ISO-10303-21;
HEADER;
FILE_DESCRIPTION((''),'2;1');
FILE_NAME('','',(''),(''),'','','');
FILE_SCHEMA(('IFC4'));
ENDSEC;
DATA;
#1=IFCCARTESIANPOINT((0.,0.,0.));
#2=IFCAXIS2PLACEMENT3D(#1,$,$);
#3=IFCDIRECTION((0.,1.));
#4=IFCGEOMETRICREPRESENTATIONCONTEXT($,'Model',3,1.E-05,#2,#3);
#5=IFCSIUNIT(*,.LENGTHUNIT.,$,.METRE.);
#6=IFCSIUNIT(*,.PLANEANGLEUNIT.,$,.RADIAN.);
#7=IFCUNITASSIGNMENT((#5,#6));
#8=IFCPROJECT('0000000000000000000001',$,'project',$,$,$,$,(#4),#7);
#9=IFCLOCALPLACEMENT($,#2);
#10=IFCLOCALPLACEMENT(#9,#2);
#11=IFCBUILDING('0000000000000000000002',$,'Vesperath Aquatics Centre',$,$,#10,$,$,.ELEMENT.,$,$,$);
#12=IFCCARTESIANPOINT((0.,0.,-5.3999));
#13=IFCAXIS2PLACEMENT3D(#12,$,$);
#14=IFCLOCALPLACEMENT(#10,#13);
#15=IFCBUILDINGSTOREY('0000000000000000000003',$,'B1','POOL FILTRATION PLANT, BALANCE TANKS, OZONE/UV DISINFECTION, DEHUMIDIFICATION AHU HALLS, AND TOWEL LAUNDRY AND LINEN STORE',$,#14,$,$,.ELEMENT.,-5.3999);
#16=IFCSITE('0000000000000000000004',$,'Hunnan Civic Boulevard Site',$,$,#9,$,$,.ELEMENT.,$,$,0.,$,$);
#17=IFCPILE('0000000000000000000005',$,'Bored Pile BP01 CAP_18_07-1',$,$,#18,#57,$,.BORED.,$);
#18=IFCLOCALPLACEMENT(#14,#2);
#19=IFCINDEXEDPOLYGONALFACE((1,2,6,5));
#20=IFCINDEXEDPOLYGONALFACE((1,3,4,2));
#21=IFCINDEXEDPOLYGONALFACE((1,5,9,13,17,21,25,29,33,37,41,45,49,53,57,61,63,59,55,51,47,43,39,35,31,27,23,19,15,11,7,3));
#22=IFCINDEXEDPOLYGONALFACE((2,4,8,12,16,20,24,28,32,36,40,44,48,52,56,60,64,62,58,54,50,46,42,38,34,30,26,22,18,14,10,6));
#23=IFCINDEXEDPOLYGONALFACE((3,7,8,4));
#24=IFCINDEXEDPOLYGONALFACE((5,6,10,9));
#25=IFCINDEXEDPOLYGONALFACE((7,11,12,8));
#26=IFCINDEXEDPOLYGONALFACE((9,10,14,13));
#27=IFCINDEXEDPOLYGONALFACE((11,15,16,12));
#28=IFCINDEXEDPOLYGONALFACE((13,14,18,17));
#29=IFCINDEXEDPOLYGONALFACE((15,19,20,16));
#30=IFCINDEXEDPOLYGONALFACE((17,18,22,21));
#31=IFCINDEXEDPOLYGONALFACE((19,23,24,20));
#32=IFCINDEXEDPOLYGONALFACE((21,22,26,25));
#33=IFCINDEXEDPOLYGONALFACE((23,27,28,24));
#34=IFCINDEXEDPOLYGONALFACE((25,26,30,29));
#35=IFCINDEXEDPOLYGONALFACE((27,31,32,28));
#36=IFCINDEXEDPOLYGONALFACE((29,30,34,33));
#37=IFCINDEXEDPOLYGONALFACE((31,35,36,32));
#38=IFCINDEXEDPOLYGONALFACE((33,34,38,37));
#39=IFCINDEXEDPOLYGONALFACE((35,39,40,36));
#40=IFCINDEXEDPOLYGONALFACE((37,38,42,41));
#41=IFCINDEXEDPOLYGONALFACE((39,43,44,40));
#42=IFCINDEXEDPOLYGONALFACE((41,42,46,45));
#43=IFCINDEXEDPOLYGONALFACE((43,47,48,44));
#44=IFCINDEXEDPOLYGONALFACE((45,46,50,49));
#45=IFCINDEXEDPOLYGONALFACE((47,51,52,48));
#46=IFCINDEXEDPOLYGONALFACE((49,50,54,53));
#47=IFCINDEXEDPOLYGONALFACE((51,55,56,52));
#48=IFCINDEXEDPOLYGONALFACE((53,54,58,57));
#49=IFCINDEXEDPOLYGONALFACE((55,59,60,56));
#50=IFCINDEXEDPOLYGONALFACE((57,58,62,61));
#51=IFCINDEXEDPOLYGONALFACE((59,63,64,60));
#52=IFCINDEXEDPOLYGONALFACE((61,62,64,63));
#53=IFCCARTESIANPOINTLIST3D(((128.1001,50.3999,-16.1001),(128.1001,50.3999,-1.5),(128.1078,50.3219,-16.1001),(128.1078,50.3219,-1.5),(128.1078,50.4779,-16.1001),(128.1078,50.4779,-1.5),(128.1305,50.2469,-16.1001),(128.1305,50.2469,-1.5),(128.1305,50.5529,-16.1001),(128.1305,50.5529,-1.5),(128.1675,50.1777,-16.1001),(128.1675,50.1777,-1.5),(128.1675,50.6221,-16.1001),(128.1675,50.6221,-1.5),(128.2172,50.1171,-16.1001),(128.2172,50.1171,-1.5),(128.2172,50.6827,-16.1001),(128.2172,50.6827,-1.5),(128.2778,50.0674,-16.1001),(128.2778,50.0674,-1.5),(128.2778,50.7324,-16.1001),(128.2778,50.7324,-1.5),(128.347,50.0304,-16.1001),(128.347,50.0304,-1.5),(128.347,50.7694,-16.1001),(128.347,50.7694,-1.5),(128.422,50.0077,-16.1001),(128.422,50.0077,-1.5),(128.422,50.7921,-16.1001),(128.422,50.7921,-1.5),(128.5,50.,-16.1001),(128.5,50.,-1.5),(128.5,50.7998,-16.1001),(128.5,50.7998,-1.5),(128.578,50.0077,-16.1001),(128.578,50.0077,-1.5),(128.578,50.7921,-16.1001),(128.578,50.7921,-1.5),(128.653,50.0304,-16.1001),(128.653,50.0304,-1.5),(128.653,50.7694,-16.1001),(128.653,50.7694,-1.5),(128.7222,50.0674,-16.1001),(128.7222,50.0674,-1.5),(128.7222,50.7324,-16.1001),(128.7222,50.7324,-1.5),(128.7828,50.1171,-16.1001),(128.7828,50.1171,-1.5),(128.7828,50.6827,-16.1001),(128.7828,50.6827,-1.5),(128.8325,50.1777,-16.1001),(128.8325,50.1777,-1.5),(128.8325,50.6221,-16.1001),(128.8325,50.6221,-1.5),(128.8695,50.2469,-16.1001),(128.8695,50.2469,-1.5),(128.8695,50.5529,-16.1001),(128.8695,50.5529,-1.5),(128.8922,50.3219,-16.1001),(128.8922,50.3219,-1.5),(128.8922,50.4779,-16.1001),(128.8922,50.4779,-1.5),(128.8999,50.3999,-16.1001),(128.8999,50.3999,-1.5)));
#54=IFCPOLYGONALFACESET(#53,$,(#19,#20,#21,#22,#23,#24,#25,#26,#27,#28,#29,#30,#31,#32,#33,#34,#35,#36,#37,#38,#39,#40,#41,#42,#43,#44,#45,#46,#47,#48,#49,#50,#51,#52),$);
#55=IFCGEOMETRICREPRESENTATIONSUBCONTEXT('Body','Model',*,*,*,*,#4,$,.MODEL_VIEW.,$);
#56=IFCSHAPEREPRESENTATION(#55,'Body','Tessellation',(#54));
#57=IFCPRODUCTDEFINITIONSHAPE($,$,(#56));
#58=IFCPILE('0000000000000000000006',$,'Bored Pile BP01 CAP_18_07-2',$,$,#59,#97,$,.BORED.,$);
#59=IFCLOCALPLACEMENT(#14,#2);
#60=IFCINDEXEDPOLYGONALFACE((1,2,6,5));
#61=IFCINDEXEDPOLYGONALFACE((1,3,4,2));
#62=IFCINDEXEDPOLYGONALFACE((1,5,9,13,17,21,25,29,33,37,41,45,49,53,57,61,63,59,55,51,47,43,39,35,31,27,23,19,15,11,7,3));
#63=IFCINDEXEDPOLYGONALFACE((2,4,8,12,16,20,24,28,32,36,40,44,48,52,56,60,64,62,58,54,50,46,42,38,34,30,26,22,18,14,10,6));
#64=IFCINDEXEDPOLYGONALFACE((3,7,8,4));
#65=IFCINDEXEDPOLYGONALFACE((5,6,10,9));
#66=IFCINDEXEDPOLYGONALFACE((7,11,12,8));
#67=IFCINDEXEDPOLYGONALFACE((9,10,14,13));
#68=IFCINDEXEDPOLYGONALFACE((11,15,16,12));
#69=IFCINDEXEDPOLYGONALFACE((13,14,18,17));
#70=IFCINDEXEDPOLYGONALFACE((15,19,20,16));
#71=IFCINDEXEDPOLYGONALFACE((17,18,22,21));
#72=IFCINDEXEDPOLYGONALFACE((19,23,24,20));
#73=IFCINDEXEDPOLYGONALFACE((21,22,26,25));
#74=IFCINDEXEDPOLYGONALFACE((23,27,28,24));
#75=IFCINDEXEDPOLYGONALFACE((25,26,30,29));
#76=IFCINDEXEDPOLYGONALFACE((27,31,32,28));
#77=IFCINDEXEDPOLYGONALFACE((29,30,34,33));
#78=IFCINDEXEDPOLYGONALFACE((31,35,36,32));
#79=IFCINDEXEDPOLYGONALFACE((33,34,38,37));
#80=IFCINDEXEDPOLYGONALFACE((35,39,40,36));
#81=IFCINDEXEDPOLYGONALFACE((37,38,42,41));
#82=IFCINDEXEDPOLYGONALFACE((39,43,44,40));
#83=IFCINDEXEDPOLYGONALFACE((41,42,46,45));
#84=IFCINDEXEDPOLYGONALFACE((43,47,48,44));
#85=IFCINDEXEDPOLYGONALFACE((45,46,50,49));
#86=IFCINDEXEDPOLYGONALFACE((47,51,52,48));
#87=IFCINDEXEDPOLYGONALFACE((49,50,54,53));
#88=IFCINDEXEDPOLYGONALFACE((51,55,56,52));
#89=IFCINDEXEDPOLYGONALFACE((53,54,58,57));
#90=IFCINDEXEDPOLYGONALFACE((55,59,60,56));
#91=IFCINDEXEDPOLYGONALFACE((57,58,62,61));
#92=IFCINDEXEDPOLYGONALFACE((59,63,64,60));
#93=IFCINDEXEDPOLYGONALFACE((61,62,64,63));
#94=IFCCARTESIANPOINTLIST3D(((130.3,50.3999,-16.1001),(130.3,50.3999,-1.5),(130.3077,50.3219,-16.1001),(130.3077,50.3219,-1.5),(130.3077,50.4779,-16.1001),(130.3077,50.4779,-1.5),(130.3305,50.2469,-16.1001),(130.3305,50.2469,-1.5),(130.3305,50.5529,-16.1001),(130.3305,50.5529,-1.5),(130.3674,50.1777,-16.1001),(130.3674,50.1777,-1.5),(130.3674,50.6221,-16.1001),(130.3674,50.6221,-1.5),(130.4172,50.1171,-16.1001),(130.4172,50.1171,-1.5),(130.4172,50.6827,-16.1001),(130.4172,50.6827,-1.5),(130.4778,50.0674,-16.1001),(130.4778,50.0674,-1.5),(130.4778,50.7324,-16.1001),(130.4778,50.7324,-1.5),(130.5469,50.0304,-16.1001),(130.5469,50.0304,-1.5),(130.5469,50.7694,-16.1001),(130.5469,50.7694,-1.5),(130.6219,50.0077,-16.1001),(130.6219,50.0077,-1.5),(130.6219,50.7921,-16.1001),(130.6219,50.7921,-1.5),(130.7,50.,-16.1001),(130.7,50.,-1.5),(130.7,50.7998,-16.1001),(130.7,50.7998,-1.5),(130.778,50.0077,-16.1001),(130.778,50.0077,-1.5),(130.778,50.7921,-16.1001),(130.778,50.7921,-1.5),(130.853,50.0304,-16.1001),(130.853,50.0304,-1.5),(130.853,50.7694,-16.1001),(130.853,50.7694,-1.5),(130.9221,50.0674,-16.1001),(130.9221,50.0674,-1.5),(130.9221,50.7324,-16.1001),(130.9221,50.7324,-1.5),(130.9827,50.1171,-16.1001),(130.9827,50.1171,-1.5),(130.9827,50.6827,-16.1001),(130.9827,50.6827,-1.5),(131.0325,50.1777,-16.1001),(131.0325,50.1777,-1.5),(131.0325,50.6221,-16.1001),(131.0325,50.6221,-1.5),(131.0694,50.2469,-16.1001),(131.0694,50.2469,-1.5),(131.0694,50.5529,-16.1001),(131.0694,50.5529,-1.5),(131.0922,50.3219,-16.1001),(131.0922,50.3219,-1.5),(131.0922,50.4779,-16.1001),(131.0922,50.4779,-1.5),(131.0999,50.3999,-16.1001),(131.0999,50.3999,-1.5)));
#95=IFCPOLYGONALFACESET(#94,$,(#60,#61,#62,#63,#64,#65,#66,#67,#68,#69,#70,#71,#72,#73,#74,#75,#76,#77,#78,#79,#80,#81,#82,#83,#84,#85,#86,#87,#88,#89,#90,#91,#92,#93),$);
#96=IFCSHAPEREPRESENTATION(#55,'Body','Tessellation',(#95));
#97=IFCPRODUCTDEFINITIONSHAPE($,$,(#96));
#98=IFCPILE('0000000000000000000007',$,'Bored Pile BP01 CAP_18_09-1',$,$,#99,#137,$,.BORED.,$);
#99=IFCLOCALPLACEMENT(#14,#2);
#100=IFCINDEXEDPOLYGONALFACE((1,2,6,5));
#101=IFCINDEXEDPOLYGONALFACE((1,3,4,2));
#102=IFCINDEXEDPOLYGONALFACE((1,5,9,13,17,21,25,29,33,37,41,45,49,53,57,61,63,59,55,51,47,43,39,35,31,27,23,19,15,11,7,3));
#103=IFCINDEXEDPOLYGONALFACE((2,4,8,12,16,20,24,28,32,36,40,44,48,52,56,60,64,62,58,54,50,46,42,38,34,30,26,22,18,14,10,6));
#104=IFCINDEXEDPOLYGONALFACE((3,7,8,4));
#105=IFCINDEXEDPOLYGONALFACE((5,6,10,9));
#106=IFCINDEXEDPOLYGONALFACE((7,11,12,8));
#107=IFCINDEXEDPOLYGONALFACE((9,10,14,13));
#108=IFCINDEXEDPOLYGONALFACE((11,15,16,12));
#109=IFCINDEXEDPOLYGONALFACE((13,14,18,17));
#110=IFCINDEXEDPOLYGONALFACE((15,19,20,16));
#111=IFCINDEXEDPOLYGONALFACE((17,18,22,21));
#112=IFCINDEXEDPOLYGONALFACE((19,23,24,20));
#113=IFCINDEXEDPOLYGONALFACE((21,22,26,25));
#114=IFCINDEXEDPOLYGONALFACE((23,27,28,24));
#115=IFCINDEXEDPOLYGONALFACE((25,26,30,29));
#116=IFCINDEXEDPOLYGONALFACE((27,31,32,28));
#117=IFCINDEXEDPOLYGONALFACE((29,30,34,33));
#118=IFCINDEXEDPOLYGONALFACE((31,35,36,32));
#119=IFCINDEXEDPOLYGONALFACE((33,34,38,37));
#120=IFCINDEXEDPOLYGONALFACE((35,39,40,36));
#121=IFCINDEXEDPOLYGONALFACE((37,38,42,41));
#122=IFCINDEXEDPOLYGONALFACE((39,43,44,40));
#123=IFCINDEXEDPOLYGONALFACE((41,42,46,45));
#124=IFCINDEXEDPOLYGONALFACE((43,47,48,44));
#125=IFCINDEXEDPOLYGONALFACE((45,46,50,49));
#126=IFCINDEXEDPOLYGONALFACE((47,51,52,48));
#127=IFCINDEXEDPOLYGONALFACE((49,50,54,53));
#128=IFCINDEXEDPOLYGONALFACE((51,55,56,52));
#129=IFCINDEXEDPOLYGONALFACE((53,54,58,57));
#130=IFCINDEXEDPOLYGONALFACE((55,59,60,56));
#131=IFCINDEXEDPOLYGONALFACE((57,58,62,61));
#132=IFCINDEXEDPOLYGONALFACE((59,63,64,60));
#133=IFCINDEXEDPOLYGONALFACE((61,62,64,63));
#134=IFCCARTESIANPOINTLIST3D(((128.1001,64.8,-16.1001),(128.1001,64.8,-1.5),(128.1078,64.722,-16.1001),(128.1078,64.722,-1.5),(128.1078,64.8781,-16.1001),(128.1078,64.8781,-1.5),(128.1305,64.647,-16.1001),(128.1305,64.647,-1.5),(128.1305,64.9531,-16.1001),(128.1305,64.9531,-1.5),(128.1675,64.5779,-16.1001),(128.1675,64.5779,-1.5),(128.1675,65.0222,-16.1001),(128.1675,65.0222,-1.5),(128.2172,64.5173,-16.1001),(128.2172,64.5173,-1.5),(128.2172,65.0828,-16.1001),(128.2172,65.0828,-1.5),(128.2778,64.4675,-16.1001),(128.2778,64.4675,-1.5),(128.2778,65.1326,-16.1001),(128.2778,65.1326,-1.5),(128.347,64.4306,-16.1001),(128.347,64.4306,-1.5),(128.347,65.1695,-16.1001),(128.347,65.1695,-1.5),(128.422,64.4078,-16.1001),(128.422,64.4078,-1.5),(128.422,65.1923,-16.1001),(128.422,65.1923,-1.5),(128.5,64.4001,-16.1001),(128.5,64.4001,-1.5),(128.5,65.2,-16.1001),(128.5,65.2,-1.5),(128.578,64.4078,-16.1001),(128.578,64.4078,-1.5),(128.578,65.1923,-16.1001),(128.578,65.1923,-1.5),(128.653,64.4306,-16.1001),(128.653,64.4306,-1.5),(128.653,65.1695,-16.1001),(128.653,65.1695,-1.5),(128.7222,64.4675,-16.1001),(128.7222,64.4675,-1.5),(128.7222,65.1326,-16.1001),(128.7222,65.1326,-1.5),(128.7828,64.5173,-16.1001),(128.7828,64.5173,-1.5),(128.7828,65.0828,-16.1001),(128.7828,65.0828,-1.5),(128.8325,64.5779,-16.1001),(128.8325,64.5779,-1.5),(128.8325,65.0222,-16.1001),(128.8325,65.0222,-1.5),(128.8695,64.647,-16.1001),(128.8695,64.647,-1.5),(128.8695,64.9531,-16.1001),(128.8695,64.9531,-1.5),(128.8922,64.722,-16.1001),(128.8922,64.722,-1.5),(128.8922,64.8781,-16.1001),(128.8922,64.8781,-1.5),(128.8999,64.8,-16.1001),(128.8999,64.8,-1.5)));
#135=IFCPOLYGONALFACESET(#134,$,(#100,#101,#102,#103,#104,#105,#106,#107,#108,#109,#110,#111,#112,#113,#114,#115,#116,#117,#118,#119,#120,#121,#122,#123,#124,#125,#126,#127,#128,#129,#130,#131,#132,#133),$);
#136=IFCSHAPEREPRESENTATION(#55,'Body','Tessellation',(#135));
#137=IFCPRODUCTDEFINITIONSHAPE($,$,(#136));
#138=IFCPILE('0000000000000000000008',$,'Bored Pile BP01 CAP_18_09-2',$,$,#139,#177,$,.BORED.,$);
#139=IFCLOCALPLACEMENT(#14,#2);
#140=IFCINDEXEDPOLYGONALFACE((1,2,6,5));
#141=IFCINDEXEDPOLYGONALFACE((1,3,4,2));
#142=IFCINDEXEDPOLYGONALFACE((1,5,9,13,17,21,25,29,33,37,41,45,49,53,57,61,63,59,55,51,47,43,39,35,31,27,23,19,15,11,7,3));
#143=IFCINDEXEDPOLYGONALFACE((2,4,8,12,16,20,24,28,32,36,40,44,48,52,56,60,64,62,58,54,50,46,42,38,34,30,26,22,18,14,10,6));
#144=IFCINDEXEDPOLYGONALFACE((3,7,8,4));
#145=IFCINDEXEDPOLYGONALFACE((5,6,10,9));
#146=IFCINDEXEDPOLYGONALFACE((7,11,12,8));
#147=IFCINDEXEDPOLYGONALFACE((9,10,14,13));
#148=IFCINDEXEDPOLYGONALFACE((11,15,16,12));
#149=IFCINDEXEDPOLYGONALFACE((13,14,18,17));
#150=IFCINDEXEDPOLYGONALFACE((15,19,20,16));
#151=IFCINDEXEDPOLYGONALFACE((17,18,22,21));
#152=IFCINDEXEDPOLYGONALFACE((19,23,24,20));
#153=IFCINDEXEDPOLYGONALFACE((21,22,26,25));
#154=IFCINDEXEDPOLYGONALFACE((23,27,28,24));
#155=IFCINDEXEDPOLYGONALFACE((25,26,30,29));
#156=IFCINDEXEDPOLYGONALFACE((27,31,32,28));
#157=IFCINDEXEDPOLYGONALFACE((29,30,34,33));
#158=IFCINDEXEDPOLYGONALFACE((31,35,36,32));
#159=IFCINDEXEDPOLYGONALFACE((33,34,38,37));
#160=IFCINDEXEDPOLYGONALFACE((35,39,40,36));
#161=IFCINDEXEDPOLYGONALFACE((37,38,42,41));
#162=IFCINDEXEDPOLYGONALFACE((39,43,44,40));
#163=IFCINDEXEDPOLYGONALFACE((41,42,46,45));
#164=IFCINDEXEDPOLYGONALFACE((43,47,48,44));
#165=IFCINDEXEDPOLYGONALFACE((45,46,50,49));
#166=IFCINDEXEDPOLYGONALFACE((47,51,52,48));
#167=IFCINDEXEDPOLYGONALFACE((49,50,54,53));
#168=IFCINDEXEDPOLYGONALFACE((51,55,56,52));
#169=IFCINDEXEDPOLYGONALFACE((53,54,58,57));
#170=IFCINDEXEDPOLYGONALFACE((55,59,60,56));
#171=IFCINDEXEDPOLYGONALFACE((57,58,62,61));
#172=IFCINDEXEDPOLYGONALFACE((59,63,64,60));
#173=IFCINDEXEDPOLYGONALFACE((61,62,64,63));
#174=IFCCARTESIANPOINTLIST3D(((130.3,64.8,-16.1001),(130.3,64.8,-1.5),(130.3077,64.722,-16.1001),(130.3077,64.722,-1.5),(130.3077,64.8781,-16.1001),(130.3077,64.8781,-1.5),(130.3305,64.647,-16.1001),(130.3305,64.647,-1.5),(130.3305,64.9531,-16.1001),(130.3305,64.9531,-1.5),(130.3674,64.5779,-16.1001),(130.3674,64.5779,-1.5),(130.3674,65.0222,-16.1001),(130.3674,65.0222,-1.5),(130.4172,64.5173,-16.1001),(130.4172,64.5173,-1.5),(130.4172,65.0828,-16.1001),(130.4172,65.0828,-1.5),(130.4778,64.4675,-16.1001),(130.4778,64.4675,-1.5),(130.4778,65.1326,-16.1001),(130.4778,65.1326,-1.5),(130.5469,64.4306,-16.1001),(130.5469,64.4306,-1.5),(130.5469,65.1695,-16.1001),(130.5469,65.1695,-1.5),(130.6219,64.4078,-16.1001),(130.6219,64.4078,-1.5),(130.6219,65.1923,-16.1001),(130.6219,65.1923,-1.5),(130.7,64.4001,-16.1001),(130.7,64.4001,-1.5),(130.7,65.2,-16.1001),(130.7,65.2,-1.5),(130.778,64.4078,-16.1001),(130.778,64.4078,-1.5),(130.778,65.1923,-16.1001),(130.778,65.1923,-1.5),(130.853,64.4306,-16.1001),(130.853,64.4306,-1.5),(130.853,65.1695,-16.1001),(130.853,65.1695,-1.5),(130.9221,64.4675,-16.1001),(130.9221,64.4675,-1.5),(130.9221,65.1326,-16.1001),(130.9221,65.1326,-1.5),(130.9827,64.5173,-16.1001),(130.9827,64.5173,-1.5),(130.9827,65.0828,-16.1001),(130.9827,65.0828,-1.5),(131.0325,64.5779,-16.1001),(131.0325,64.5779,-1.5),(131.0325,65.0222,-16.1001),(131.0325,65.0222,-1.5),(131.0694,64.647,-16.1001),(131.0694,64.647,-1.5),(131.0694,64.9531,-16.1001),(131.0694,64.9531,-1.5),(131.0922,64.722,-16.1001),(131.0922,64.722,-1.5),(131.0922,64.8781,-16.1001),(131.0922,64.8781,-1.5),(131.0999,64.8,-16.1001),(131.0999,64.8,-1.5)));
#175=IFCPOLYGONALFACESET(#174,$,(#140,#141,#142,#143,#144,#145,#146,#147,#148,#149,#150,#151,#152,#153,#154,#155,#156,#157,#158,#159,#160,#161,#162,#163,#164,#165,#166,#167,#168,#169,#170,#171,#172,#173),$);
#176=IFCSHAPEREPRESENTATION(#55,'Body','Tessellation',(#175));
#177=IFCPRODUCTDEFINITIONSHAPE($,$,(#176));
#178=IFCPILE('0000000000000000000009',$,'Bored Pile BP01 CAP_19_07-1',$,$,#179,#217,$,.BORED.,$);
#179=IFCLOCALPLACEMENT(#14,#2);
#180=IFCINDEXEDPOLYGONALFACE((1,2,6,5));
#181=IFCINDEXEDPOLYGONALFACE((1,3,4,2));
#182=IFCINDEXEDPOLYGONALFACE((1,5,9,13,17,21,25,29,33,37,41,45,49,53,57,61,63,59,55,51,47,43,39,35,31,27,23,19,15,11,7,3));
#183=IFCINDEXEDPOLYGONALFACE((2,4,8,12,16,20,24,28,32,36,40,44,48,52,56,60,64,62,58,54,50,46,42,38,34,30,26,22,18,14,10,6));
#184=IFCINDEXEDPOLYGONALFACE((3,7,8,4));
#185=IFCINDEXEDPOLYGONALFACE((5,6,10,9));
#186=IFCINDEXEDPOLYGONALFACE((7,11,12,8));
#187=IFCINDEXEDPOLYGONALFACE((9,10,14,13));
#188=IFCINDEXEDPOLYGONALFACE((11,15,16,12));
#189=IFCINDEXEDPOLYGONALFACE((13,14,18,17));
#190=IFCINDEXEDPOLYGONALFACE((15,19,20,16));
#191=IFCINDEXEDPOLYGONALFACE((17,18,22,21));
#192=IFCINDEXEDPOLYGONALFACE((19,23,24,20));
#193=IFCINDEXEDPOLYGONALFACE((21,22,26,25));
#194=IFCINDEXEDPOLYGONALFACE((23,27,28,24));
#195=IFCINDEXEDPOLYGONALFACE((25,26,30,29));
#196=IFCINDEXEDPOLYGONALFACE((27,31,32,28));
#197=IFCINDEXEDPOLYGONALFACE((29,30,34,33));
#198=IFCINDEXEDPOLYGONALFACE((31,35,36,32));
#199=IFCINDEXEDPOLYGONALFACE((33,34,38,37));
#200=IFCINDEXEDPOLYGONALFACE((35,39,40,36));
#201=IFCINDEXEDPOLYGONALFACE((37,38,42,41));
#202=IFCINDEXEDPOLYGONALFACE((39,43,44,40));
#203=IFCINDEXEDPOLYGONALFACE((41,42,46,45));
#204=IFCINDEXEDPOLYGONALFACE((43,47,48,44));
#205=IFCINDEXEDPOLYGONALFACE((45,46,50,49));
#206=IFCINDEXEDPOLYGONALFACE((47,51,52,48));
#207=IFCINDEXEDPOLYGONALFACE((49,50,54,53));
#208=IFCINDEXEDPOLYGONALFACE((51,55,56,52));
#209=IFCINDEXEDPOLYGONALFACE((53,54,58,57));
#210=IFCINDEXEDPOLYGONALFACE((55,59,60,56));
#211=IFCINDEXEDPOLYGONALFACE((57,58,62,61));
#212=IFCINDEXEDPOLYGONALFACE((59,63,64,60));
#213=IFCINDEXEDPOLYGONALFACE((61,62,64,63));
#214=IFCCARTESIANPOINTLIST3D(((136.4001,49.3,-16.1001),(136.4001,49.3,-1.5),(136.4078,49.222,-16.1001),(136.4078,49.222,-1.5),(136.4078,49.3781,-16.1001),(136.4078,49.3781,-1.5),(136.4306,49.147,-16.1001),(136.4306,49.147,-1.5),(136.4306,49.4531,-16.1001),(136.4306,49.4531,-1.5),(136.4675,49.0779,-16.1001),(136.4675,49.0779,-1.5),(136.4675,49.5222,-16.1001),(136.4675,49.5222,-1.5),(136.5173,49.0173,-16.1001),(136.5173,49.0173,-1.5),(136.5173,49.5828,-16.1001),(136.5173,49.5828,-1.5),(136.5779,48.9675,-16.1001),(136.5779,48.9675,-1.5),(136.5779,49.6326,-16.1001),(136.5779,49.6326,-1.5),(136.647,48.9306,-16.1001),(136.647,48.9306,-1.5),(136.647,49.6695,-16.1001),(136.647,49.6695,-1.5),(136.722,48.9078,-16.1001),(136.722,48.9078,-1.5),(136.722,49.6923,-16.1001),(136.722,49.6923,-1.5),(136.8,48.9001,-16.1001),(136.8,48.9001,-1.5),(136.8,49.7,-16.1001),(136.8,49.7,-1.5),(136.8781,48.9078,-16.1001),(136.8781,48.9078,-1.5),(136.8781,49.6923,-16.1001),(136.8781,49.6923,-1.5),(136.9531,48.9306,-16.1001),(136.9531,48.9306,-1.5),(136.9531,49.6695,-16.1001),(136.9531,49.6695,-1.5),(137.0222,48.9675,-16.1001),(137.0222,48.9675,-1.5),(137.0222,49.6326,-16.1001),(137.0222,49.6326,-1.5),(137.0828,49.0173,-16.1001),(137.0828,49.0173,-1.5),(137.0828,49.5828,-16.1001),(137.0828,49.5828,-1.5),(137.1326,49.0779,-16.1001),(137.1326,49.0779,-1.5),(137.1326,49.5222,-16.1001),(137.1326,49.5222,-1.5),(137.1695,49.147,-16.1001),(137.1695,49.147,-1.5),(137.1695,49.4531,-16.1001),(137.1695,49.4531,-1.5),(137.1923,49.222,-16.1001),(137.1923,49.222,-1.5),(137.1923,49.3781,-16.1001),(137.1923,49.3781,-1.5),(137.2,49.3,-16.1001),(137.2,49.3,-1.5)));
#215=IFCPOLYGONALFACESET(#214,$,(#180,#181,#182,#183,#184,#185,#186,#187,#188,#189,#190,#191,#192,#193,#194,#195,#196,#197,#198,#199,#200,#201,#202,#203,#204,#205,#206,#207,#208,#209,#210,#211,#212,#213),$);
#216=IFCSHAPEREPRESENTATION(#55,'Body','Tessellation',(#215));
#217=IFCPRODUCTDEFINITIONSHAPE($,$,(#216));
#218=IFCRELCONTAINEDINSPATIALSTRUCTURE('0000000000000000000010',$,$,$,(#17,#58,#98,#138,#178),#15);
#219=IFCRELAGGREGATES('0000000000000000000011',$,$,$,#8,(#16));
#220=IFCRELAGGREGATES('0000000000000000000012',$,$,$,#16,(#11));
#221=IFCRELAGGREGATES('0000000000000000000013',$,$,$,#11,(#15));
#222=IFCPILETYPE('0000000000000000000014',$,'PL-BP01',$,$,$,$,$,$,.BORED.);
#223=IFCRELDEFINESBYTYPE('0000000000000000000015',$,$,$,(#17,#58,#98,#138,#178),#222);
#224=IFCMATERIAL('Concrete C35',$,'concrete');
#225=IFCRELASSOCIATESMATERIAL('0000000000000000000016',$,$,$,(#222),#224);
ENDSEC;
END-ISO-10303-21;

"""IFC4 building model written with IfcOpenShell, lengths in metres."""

from ifc_helpers import new_model, si_unit, direction, frame, origin, origin_2d, place, context, subcontext, project, spatial, circle, extrude, material, material_profile, profile_set, type_object, element, save


model = new_model("IFC4")

# Units and contexts
model_context = context("Model", 3, precision=1e-05, world=origin(), true_north=direction((0.0, 1.0)))
body_context = subcontext(model_context, "Body", "Model", "MODEL_VIEW")
ifc_project = project(units=[si_unit("LENGTHUNIT", "METRE"), si_unit("PLANEANGLEUNIT", "RADIAN")], contexts=[model_context])

# Site, building, storey
site_placement = place(None, origin())
site = spatial("IfcSite", under=ifc_project, at=site_placement, Name="Hunnan Civic Boulevard Site", CompositionType="ELEMENT", RefElevation=0.0)
building_placement = place(site_placement, origin())
building = spatial("IfcBuilding", under=site, at=building_placement, Name="Vesperath Aquatics Centre", CompositionType="ELEMENT")
storey_placement = place(building_placement, frame((0.0, 0.0, -5.3999)))
storey = spatial("IfcBuildingStorey", under=building, at=storey_placement, Name="B1", Description="POOL FILTRATION PLANT, BALANCE TANKS, OZONE/UV DISINFECTION, DEHUMIDIFICATION AHU HALLS, AND TOWEL LAUNDRY AND LINEN STORE", CompositionType="ELEMENT", Elevation=-5.3999)

# Piles
ifc_material_1 = material(Name="Concrete C35", Category="concrete")
ifc_material_profile_1 = material_profile(ifc_material_1, circle(Radius=0.3999, at=origin_2d()), Name="PILE D800")
ifc_profile_set_1 = profile_set([ifc_material_profile_1], Name="Concrete C35")
pile_type = type_object("IfcPileType", Name="PL-BP01", PredefinedType="BORED", material=ifc_profile_set_1)
for number, where, z_axis, x_axis, name in (
    (1, (128.5, 50.3999, -1.5), (0.0, 0.0, -1.0), (1.0, 0.0, 0.0), "Bored Pile BP01 CAP_18_07-1"),
    (2, (130.7, 50.3999, -1.5), (0.0, 0.0, -1.0), (1.0, 0.0, 0.0), "Bored Pile BP01 CAP_18_07-2"),
    (3, (128.5, 64.8, -1.5), (0.0, 0.0, -1.0), (1.0, 0.0, 0.0), "Bored Pile BP01 CAP_18_09-1"),
    (4, (130.7, 64.8, -1.5), (0.0, 0.0, -1.0), (1.0, 0.0, 0.0), "Bored Pile BP01 CAP_18_09-2"),
    (5, (136.8, 49.3, -1.5), (0.0, 0.0, -1.0), (1.0, 0.0, 0.0), "Bored Pile BP01 CAP_19_07-1"),
):
    element("IfcPile", number, at=place(storey_placement, frame(where, z_axis=z_axis, x_axis=x_axis)), inside=storey, type_object=pile_type, Name=name, PredefinedType="BORED", context=body_context, shape_type="SweptSolid", body=[
        extrude(circle(Radius=0.3999, at=origin_2d()), origin(), (0.0, 0.0, 1.0), 14.6001),
    ])

save(model, "model.ifc")
